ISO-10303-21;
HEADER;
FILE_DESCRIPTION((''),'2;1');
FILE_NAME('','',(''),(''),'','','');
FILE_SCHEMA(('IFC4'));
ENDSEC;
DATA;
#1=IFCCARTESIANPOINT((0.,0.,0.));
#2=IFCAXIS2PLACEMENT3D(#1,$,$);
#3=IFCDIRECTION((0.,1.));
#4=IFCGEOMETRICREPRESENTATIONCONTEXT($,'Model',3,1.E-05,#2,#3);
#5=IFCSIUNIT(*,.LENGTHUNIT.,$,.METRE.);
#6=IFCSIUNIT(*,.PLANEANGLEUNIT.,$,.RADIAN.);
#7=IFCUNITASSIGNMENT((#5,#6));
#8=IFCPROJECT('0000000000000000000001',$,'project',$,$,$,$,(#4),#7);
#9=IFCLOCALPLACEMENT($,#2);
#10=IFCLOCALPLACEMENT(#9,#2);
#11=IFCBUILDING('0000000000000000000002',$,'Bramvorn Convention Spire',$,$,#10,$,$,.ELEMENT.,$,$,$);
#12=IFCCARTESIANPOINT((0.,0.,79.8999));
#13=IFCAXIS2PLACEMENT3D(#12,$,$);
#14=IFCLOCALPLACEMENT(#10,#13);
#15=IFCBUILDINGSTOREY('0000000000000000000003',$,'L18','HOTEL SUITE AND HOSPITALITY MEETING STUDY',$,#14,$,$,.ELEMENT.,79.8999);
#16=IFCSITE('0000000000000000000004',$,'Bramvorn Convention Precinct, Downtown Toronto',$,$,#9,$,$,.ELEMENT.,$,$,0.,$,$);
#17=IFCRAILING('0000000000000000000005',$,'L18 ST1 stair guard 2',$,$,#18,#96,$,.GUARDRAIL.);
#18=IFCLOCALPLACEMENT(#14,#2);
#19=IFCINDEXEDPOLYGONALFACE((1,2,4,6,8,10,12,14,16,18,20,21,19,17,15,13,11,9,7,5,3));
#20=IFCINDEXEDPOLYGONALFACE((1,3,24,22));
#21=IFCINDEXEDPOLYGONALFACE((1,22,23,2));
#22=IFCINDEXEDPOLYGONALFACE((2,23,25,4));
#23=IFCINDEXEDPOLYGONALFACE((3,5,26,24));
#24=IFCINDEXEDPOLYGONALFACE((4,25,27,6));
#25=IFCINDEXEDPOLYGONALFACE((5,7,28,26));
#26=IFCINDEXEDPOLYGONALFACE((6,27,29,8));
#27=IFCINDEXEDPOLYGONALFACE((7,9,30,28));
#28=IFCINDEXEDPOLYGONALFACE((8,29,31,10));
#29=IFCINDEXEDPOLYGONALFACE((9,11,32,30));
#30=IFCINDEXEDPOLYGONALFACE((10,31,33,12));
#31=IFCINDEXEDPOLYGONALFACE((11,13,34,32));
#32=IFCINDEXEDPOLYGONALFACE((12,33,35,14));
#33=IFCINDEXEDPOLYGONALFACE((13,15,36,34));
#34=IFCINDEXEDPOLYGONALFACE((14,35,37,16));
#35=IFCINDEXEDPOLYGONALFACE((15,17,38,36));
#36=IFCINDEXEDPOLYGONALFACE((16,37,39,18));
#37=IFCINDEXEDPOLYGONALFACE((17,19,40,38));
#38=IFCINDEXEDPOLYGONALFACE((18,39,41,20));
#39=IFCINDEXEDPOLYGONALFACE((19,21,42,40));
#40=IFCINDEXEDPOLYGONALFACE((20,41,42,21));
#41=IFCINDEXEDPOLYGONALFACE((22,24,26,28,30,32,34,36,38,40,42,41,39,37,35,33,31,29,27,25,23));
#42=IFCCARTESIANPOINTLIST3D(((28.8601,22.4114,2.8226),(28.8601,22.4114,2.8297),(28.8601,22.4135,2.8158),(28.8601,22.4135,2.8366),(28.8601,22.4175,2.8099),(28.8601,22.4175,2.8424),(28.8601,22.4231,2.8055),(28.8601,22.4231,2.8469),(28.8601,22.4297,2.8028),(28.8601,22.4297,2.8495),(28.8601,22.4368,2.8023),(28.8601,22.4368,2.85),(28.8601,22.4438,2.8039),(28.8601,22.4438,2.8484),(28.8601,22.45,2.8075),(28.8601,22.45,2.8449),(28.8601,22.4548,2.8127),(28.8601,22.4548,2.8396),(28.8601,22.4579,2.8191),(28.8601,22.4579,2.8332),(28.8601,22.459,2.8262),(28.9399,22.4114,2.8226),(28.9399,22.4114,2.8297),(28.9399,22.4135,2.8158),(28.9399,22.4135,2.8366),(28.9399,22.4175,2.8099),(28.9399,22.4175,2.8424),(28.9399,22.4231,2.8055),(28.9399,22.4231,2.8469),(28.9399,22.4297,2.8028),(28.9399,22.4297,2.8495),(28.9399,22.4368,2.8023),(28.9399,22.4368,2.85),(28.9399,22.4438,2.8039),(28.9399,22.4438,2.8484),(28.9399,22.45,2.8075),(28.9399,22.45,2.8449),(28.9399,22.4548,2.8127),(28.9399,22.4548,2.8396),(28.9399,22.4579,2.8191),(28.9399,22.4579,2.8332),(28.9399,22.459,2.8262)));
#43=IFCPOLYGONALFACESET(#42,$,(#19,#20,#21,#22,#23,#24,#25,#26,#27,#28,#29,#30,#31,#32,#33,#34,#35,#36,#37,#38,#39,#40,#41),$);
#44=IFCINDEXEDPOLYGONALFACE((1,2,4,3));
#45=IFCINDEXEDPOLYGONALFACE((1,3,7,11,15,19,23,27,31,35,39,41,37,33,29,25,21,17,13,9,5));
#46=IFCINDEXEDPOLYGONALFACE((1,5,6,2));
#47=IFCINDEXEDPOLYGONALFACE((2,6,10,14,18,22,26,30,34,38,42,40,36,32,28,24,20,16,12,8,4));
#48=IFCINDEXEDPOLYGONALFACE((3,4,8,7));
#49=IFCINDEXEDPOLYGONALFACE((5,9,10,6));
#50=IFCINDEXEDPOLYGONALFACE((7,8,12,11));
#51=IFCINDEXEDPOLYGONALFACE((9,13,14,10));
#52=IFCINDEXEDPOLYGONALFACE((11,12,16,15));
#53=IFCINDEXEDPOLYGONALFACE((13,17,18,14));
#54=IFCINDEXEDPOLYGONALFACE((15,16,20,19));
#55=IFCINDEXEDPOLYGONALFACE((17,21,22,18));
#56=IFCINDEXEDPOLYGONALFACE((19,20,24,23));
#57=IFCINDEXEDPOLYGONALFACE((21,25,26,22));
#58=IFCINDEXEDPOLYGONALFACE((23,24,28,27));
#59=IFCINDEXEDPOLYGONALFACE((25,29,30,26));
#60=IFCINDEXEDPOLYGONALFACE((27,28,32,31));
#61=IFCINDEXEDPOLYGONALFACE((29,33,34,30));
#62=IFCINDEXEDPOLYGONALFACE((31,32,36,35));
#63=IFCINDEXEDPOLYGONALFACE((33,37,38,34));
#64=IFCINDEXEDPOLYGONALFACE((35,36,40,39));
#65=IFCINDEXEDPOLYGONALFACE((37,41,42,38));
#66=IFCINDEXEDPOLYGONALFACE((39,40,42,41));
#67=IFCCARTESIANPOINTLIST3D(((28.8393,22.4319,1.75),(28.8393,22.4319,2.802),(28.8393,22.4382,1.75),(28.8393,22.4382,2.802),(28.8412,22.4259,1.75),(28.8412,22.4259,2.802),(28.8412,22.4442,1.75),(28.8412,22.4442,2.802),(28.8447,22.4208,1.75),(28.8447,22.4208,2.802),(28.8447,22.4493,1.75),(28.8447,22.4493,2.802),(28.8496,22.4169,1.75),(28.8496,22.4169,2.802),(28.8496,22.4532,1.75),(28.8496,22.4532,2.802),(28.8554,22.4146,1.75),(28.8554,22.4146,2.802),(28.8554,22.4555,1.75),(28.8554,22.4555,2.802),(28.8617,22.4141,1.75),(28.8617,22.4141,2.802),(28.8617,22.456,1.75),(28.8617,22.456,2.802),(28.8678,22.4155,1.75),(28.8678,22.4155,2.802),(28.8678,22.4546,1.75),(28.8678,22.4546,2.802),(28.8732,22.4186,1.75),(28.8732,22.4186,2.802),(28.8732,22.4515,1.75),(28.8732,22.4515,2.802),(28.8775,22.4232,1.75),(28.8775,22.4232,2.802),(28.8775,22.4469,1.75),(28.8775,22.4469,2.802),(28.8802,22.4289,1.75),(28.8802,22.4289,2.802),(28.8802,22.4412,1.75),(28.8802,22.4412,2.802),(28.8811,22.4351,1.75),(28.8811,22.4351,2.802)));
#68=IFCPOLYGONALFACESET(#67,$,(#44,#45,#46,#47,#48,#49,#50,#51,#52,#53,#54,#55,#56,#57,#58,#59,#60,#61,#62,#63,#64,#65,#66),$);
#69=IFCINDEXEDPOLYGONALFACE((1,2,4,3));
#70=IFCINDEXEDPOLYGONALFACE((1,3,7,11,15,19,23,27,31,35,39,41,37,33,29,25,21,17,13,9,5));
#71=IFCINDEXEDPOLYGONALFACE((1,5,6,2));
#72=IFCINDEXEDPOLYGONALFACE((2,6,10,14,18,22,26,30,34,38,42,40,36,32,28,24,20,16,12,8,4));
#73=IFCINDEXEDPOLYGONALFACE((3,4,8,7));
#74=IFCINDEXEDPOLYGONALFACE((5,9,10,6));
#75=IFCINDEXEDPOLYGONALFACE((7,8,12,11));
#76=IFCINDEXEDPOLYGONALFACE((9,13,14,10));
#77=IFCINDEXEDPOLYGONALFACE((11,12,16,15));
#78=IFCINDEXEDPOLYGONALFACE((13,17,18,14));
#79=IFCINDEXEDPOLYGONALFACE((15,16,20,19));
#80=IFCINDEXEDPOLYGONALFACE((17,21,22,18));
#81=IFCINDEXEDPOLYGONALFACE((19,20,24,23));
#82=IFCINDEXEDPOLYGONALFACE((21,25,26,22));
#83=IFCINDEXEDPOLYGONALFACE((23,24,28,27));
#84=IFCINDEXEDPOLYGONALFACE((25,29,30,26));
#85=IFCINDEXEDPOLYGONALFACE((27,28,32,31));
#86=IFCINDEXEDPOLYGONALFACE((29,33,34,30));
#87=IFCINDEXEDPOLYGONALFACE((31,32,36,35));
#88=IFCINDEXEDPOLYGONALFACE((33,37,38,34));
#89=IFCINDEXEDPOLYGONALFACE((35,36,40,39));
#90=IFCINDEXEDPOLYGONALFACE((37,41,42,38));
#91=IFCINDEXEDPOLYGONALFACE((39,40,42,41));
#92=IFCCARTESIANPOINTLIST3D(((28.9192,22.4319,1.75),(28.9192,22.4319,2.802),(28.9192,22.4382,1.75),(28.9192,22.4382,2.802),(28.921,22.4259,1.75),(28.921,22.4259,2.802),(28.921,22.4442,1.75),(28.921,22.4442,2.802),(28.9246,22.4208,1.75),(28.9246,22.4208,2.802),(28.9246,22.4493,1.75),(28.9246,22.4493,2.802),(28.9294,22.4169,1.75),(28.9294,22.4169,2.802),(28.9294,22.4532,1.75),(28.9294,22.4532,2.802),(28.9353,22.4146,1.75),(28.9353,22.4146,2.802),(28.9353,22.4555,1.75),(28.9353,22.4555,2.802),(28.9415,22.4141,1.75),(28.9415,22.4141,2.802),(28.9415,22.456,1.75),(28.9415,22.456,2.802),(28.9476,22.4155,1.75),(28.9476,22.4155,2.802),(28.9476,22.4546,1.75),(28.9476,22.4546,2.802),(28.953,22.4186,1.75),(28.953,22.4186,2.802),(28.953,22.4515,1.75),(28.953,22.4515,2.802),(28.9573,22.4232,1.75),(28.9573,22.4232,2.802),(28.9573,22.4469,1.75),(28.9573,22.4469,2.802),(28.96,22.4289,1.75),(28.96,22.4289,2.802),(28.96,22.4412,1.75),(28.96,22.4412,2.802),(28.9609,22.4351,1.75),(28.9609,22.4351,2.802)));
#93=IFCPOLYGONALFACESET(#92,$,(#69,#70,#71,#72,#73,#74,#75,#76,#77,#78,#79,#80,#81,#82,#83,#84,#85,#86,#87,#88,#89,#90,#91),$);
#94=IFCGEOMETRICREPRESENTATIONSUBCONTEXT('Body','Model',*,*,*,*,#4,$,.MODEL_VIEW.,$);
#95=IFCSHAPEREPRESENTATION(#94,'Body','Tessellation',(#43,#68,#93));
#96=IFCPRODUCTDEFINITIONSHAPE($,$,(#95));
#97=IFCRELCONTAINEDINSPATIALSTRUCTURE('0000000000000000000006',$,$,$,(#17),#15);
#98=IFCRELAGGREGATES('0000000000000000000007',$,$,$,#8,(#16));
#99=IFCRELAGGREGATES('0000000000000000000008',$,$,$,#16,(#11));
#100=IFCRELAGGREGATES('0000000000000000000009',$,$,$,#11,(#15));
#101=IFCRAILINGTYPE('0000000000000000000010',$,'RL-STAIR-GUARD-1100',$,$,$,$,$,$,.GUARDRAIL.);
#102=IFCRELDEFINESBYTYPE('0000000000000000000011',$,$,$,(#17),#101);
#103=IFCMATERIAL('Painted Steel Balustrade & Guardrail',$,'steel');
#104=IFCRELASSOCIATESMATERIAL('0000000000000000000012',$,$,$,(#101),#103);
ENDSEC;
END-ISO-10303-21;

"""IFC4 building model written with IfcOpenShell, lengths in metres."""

from ifc_helpers import new_model, si_unit, direction, frame, origin, origin_2d, place, context, subcontext, project, spatial, circle, extrude, material, type_object, element, save


model = new_model("IFC4")

# Units and contexts
model_context = context("Model", 3, precision=1e-05, world=origin(), true_north=direction((0.0, 1.0)))
body_context = subcontext(model_context, "Body", "Model", "MODEL_VIEW")
ifc_project = project(units=[si_unit("LENGTHUNIT", "METRE"), si_unit("PLANEANGLEUNIT", "RADIAN")], contexts=[model_context])

# Site, building, storey
site_placement = place(None, origin())
site = spatial("IfcSite", under=ifc_project, at=site_placement, Name="Bramvorn Convention Precinct, Downtown Toronto", CompositionType="ELEMENT", RefElevation=0.0)
building_placement = place(site_placement, origin())
building = spatial("IfcBuilding", under=site, at=building_placement, Name="Bramvorn Convention Spire", CompositionType="ELEMENT")
storey_placement = place(building_placement, frame((0.0, 0.0, 79.8999)))
storey = spatial("IfcBuildingStorey", under=building, at=storey_placement, Name="L18", Description="HOTEL SUITE AND HOSPITALITY MEETING STUDY", CompositionType="ELEMENT", Elevation=79.8999)

# Railing
ifc_material_1 = material(Name="Painted Steel Balustrade & Guardrail", Category="steel")
railing_type_1 = type_object("IfcRailingType", Name="RL-STAIR-GUARD-1100", PredefinedType="GUARDRAIL", material=ifc_material_1)
railing_1_placement = place(storey_placement, frame((28.8601, 22.4351, 1.75)))
element("IfcRailing", 1, at=railing_1_placement, inside=storey, type_object=railing_type_1, Name="L18 ST1 stair guard 2", PredefinedType="GUARDRAIL", context=body_context, shape_type="SweptSolid", body=[
    extrude(circle(Radius=0.0239, at=origin_2d()), frame((0.0, 0.0, 1.0762), z_axis=(1.0, 0.0, 0.0), x_axis=(0.0, 1.0, 0.0)), (0.0, 0.0, 1.0), 0.0798),
    extrude(circle(Radius=0.021, at=origin_2d()), origin(), (0.0, 0.0, 1.0), 1.052),
    extrude(circle(Radius=0.021, at=origin_2d()), frame((0.0798, 0.0, 0.0)), (0.0, 0.0, 1.0), 1.052),
])

save(model, "model.ifc")
